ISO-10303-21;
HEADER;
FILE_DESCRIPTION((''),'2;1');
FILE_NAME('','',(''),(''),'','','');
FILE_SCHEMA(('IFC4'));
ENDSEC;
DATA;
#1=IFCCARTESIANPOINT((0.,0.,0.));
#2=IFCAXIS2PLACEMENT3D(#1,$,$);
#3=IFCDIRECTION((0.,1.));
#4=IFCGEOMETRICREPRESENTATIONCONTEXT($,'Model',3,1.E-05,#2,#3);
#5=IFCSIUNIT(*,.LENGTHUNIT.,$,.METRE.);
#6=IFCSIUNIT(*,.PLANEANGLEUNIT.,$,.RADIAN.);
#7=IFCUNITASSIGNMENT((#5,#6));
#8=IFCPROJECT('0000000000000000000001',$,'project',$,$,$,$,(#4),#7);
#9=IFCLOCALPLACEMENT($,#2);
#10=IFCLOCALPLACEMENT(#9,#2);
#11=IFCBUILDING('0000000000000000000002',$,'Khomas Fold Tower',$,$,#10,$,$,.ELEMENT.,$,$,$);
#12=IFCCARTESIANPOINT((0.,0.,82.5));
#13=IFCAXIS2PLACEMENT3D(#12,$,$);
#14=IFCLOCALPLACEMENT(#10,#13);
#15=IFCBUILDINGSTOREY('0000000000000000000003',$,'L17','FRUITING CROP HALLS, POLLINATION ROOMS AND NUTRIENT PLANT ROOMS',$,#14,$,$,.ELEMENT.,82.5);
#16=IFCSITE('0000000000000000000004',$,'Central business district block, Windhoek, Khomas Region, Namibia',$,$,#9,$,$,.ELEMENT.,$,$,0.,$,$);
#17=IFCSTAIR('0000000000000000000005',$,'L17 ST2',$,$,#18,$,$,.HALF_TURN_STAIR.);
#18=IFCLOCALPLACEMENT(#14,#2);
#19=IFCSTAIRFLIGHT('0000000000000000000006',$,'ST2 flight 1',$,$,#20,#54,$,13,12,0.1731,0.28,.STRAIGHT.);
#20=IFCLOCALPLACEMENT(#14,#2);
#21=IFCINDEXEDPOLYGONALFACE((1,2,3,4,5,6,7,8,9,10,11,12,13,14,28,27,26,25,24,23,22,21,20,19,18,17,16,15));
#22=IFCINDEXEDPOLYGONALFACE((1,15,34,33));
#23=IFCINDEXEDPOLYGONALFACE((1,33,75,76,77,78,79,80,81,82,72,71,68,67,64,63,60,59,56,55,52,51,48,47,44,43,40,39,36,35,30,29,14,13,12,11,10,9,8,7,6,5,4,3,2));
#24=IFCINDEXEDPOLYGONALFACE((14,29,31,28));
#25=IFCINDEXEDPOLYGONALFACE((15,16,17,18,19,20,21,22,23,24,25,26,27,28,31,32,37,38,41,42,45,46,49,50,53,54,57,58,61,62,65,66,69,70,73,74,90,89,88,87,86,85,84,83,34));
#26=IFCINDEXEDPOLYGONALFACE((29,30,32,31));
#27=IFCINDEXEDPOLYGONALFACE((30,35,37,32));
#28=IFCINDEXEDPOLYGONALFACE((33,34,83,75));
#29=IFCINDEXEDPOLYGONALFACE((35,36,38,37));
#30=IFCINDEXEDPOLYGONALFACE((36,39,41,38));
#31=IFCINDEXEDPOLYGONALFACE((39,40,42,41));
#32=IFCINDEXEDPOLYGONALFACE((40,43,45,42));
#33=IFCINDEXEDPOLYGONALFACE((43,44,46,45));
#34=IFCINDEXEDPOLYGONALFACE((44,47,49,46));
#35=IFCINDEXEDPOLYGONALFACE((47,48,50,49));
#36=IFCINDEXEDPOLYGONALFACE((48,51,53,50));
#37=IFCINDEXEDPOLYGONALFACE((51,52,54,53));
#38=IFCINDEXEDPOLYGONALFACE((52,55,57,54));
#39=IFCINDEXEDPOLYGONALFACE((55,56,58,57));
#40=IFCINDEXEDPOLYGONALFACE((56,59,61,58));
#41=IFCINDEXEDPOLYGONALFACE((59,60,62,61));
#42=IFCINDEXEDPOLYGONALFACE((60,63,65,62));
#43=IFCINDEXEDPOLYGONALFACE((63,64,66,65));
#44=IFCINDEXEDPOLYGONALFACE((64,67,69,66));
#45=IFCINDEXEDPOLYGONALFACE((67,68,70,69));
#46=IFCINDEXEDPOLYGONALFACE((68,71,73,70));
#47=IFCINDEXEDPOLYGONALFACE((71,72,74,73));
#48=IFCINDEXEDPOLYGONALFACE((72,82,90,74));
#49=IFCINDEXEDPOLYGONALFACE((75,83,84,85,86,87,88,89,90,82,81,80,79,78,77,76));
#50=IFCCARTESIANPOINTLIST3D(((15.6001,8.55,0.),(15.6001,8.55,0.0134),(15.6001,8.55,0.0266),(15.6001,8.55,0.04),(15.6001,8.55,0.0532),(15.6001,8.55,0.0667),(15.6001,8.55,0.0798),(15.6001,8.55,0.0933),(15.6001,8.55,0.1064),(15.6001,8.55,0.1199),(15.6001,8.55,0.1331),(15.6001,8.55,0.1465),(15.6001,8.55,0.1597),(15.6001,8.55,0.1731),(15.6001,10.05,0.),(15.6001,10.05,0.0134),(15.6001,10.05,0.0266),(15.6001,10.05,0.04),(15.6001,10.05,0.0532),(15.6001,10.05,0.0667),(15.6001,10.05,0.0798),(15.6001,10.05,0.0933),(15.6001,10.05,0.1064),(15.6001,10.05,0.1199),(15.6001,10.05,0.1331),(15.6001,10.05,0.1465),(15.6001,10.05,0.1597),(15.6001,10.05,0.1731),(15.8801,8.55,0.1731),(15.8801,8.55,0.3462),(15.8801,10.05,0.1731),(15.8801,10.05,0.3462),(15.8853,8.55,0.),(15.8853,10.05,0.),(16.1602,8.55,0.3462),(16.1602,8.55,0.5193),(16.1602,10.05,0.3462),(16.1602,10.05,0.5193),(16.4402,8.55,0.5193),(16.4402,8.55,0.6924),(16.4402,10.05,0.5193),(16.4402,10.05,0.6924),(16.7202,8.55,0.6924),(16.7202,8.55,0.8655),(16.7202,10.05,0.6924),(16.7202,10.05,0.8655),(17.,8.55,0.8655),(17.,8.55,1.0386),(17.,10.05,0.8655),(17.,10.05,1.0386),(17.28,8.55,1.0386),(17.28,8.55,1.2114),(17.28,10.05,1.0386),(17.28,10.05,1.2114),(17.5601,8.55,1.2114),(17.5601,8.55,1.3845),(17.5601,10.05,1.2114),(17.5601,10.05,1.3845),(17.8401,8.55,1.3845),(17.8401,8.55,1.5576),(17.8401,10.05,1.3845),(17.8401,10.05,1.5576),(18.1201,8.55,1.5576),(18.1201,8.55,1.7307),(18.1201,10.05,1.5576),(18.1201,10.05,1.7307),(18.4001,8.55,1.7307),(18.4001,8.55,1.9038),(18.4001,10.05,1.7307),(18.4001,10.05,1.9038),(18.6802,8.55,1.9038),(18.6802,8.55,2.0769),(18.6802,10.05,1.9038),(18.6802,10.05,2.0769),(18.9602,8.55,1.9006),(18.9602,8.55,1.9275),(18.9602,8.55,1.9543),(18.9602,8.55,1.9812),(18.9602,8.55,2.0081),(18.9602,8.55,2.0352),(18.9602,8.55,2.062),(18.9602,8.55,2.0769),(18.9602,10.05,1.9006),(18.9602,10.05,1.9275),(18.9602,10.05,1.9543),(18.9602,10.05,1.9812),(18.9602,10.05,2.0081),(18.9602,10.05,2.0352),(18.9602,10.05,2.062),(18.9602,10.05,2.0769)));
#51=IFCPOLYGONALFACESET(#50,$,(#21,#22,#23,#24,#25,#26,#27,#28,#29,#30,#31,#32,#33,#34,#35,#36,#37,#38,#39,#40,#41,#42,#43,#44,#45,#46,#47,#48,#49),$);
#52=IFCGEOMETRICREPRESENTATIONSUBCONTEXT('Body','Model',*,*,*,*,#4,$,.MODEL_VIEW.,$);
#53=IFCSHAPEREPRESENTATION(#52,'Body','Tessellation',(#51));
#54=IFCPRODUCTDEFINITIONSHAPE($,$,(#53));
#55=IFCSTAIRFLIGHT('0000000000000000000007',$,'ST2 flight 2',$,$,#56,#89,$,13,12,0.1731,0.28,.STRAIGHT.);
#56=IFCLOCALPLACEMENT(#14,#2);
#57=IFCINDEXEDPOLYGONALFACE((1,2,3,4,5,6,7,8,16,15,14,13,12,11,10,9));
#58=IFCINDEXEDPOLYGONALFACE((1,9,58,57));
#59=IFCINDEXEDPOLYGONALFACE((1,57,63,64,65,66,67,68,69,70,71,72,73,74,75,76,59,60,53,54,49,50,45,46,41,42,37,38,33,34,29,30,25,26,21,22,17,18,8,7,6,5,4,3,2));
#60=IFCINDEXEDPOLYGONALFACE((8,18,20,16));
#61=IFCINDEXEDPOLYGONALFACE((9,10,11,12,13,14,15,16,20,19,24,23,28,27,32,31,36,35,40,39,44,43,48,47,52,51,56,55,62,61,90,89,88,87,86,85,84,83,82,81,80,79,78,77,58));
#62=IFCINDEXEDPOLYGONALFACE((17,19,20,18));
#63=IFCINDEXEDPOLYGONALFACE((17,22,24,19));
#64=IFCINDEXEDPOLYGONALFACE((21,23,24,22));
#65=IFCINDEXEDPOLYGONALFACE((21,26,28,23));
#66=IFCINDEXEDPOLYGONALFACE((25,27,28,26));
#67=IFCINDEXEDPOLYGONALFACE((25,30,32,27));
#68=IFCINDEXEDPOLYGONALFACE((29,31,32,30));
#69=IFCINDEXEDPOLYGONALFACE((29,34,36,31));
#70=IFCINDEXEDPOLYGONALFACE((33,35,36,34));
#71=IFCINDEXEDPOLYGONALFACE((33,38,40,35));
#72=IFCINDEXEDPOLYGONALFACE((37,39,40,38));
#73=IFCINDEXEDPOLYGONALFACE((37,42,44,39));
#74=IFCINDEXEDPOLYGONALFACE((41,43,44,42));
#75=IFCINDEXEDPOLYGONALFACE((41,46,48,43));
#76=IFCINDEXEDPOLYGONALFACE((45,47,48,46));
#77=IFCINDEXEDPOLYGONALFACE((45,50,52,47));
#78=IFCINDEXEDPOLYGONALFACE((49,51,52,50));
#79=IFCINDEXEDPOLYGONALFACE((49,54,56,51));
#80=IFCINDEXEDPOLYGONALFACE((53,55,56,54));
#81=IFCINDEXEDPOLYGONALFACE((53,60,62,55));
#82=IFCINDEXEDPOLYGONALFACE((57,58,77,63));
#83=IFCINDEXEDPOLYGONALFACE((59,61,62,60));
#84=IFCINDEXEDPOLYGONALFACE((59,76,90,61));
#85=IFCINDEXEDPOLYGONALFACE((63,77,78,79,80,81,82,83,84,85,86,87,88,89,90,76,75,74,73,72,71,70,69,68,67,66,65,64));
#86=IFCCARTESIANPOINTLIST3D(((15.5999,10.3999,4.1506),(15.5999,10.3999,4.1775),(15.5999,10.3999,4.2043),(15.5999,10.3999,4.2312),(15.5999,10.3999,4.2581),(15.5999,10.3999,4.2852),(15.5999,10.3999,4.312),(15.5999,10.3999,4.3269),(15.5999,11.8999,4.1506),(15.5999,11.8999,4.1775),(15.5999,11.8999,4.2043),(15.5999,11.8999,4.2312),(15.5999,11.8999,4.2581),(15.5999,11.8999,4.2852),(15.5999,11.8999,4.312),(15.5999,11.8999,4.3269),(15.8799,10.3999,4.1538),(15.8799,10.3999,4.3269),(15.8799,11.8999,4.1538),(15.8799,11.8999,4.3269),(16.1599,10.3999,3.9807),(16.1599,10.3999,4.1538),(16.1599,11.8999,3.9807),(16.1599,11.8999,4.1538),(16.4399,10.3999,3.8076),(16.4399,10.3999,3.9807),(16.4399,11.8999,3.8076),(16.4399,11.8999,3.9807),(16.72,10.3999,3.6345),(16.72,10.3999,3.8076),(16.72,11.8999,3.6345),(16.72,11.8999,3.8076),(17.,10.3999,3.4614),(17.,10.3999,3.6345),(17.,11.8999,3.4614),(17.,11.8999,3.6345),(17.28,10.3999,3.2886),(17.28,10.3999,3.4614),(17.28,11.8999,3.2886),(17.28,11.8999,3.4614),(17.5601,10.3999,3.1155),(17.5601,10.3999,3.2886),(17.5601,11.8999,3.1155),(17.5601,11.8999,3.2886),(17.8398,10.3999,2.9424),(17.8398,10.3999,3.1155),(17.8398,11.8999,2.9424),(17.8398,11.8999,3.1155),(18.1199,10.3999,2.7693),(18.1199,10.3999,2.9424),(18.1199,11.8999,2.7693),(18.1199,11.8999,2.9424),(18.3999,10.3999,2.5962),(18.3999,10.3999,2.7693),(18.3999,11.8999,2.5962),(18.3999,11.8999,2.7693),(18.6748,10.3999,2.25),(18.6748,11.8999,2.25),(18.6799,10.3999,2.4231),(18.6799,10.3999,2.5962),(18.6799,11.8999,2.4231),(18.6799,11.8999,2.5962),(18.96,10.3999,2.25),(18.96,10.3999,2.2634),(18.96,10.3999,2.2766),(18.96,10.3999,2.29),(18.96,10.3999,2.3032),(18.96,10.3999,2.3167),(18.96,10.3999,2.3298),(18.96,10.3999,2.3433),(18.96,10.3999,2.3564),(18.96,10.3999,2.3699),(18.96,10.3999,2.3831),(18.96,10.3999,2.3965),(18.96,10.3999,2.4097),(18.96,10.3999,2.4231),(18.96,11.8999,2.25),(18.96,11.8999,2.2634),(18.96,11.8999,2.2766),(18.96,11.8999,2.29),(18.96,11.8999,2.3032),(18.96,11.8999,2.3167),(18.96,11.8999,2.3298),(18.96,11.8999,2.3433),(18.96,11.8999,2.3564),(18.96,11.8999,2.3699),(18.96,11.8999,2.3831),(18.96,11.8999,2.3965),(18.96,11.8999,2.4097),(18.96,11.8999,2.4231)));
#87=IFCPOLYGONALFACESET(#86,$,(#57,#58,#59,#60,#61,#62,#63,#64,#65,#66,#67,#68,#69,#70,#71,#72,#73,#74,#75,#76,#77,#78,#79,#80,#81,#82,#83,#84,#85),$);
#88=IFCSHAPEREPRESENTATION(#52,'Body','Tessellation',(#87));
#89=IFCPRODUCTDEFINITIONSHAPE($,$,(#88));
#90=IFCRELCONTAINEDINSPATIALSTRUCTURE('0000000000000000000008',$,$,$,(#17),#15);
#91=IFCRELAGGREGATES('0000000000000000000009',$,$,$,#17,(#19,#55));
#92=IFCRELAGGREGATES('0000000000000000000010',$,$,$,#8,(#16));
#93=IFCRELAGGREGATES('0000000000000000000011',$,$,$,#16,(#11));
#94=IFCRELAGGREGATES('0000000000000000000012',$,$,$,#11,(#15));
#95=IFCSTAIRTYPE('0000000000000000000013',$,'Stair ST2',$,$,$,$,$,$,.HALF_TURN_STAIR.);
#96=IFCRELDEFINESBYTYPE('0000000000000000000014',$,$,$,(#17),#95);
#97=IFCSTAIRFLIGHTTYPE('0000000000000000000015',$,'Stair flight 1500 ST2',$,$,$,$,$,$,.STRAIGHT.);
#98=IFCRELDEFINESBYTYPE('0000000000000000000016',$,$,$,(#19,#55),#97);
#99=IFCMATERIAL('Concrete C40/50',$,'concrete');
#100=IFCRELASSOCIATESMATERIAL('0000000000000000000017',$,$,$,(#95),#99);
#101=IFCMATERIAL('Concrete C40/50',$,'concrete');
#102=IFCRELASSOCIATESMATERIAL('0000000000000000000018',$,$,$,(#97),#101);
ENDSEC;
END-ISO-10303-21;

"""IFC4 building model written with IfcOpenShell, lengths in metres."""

from ifc_helpers import new_model, si_unit, direction, frame, origin, place, context, subcontext, project, spatial, polyline, outline, extrude, source, transform, mapped, material, type_object, element, aggregate, save


model = new_model("IFC4")

# Units and contexts
model_context = context("Model", 3, precision=1e-05, world=origin(), true_north=direction((0.0, 1.0)))
body_context = subcontext(model_context, "Body", "Model", "MODEL_VIEW")
ifc_project = project(units=[si_unit("LENGTHUNIT", "METRE"), si_unit("PLANEANGLEUNIT", "RADIAN")], contexts=[model_context])

# Site, building, storey
site_placement = place(None, origin())
site = spatial("IfcSite", under=ifc_project, at=site_placement, Name="Central business district block, Windhoek, Khomas Region, Namibia", CompositionType="ELEMENT", RefElevation=0.0)
building_placement = place(site_placement, origin())
building = spatial("IfcBuilding", under=site, at=building_placement, Name="Khomas Fold Tower", CompositionType="ELEMENT")
storey_placement = place(building_placement, frame((0.0, 0.0, 82.5)))
storey = spatial("IfcBuildingStorey", under=building, at=storey_placement, Name="L17", Description="FRUITING CROP HALLS, POLLINATION ROOMS AND NUTRIENT PLANT ROOMS", CompositionType="ELEMENT", Elevation=82.5)

# Stair, stair flights
ifc_material_1 = material(Name="Concrete C40/50", Category="concrete")
stair_type = type_object("IfcStairType", Name="Stair ST2", PredefinedType="HALF_TURN_STAIR", material=ifc_material_1)
stair_placement = place(storey_placement, origin())
stair = element("IfcStair", 1, at=stair_placement, inside=storey, type_object=stair_type, Name="L17 ST2", PredefinedType="HALF_TURN_STAIR")
ifc_material_2 = material(Name="Concrete C40/50", Category="concrete")
stair_flight_type = type_object("IfcStairFlightType", Name="Stair flight 1500 ST2", PredefinedType="STRAIGHT", material=ifc_material_2)
shared_shape_1 = source(origin(), body_context, "Body", "SweptSolid", [
    extrude(outline(polyline([(0.0, 0.0), (0.0, 0.0134), (0.0, 0.0266), (0.0, 0.04), (0.0, 0.0532), (0.0, 0.0667), (0.0, 0.0798), (0.0, 0.0933), (0.0, 0.1064), (0.0, 0.1199), (0.0, 0.1331), (0.0, 0.1465), (0.0, 0.1597), (0.0, 0.1731), (0.28, 0.1731), (0.28, 0.3462), (0.5601, 0.3462), (0.5601, 0.5193), (0.8401, 0.5193), (0.8401, 0.6924), (1.1201, 0.6924), (1.1201, 0.8655), (1.3999, 0.8655), (1.3999, 1.0386), (1.6799, 1.0386), (1.6799, 1.2114), (1.96, 1.2114), (1.96, 1.3845), (2.24, 1.3845), (2.24, 1.5576), (2.52, 1.5576), (2.52, 1.7307), (2.8, 1.7307), (2.8, 1.9038), (3.0801, 1.9038), (3.0801, 2.0769), (3.3601, 2.0769), (3.3601, 2.25), (3.3601, 2.2231), (3.3601, 2.1963), (3.3601, 2.1694), (3.3601, 2.1426), (3.3601, 2.1157), (3.3601, 2.0889), (3.3601, 2.062), (3.3601, 2.0352), (3.3601, 2.0081), (3.3601, 1.9812), (3.3601, 1.9543), (3.3601, 1.9275), (3.3601, 1.9006), (0.2852, 0.0), (0.0, 0.0)])), frame((0.0, 0.75, 0.0), z_axis=(0.0, -1.0, 0.0), x_axis=(1.0, 0.0, 0.0)), (0.0, 0.0, 1.0), 1.5),
])
stair_flight_1_placement = place(storey_placement, frame((15.6001, 9.3, 0.0), z_axis=(0.0, 0.0, 1.0), x_axis=(1.0, 0.0, 0.0)))
stair_flight_1 = element("IfcStairFlight", 2, at=stair_flight_1_placement, type_object=stair_flight_type, Name="ST2 flight 1", NumberOfRisers=13, NumberOfTreads=12, PredefinedType="STRAIGHT", RiserHeight=0.1731, TreadLength=0.28, context=body_context, shape_type="MappedRepresentation", body=[
    mapped(shared_shape_1, transform((0.0, 0.0, 0.0))),
])
stair_flight_2_placement = place(storey_placement, frame((18.96, 11.1499, 2.25), z_axis=(0.0, 0.0, 1.0), x_axis=(-1.0, 0.0, 0.0)))
stair_flight_2 = element("IfcStairFlight", 3, at=stair_flight_2_placement, type_object=stair_flight_type, Name="ST2 flight 2", NumberOfRisers=13, NumberOfTreads=12, PredefinedType="STRAIGHT", RiserHeight=0.1731, TreadLength=0.28, context=body_context, shape_type="MappedRepresentation", body=[
    mapped(shared_shape_1, transform((0.0, 0.0, 0.0))),
])
aggregate(stair, [stair_flight_1, stair_flight_2])

save(model, "model.ifc")
